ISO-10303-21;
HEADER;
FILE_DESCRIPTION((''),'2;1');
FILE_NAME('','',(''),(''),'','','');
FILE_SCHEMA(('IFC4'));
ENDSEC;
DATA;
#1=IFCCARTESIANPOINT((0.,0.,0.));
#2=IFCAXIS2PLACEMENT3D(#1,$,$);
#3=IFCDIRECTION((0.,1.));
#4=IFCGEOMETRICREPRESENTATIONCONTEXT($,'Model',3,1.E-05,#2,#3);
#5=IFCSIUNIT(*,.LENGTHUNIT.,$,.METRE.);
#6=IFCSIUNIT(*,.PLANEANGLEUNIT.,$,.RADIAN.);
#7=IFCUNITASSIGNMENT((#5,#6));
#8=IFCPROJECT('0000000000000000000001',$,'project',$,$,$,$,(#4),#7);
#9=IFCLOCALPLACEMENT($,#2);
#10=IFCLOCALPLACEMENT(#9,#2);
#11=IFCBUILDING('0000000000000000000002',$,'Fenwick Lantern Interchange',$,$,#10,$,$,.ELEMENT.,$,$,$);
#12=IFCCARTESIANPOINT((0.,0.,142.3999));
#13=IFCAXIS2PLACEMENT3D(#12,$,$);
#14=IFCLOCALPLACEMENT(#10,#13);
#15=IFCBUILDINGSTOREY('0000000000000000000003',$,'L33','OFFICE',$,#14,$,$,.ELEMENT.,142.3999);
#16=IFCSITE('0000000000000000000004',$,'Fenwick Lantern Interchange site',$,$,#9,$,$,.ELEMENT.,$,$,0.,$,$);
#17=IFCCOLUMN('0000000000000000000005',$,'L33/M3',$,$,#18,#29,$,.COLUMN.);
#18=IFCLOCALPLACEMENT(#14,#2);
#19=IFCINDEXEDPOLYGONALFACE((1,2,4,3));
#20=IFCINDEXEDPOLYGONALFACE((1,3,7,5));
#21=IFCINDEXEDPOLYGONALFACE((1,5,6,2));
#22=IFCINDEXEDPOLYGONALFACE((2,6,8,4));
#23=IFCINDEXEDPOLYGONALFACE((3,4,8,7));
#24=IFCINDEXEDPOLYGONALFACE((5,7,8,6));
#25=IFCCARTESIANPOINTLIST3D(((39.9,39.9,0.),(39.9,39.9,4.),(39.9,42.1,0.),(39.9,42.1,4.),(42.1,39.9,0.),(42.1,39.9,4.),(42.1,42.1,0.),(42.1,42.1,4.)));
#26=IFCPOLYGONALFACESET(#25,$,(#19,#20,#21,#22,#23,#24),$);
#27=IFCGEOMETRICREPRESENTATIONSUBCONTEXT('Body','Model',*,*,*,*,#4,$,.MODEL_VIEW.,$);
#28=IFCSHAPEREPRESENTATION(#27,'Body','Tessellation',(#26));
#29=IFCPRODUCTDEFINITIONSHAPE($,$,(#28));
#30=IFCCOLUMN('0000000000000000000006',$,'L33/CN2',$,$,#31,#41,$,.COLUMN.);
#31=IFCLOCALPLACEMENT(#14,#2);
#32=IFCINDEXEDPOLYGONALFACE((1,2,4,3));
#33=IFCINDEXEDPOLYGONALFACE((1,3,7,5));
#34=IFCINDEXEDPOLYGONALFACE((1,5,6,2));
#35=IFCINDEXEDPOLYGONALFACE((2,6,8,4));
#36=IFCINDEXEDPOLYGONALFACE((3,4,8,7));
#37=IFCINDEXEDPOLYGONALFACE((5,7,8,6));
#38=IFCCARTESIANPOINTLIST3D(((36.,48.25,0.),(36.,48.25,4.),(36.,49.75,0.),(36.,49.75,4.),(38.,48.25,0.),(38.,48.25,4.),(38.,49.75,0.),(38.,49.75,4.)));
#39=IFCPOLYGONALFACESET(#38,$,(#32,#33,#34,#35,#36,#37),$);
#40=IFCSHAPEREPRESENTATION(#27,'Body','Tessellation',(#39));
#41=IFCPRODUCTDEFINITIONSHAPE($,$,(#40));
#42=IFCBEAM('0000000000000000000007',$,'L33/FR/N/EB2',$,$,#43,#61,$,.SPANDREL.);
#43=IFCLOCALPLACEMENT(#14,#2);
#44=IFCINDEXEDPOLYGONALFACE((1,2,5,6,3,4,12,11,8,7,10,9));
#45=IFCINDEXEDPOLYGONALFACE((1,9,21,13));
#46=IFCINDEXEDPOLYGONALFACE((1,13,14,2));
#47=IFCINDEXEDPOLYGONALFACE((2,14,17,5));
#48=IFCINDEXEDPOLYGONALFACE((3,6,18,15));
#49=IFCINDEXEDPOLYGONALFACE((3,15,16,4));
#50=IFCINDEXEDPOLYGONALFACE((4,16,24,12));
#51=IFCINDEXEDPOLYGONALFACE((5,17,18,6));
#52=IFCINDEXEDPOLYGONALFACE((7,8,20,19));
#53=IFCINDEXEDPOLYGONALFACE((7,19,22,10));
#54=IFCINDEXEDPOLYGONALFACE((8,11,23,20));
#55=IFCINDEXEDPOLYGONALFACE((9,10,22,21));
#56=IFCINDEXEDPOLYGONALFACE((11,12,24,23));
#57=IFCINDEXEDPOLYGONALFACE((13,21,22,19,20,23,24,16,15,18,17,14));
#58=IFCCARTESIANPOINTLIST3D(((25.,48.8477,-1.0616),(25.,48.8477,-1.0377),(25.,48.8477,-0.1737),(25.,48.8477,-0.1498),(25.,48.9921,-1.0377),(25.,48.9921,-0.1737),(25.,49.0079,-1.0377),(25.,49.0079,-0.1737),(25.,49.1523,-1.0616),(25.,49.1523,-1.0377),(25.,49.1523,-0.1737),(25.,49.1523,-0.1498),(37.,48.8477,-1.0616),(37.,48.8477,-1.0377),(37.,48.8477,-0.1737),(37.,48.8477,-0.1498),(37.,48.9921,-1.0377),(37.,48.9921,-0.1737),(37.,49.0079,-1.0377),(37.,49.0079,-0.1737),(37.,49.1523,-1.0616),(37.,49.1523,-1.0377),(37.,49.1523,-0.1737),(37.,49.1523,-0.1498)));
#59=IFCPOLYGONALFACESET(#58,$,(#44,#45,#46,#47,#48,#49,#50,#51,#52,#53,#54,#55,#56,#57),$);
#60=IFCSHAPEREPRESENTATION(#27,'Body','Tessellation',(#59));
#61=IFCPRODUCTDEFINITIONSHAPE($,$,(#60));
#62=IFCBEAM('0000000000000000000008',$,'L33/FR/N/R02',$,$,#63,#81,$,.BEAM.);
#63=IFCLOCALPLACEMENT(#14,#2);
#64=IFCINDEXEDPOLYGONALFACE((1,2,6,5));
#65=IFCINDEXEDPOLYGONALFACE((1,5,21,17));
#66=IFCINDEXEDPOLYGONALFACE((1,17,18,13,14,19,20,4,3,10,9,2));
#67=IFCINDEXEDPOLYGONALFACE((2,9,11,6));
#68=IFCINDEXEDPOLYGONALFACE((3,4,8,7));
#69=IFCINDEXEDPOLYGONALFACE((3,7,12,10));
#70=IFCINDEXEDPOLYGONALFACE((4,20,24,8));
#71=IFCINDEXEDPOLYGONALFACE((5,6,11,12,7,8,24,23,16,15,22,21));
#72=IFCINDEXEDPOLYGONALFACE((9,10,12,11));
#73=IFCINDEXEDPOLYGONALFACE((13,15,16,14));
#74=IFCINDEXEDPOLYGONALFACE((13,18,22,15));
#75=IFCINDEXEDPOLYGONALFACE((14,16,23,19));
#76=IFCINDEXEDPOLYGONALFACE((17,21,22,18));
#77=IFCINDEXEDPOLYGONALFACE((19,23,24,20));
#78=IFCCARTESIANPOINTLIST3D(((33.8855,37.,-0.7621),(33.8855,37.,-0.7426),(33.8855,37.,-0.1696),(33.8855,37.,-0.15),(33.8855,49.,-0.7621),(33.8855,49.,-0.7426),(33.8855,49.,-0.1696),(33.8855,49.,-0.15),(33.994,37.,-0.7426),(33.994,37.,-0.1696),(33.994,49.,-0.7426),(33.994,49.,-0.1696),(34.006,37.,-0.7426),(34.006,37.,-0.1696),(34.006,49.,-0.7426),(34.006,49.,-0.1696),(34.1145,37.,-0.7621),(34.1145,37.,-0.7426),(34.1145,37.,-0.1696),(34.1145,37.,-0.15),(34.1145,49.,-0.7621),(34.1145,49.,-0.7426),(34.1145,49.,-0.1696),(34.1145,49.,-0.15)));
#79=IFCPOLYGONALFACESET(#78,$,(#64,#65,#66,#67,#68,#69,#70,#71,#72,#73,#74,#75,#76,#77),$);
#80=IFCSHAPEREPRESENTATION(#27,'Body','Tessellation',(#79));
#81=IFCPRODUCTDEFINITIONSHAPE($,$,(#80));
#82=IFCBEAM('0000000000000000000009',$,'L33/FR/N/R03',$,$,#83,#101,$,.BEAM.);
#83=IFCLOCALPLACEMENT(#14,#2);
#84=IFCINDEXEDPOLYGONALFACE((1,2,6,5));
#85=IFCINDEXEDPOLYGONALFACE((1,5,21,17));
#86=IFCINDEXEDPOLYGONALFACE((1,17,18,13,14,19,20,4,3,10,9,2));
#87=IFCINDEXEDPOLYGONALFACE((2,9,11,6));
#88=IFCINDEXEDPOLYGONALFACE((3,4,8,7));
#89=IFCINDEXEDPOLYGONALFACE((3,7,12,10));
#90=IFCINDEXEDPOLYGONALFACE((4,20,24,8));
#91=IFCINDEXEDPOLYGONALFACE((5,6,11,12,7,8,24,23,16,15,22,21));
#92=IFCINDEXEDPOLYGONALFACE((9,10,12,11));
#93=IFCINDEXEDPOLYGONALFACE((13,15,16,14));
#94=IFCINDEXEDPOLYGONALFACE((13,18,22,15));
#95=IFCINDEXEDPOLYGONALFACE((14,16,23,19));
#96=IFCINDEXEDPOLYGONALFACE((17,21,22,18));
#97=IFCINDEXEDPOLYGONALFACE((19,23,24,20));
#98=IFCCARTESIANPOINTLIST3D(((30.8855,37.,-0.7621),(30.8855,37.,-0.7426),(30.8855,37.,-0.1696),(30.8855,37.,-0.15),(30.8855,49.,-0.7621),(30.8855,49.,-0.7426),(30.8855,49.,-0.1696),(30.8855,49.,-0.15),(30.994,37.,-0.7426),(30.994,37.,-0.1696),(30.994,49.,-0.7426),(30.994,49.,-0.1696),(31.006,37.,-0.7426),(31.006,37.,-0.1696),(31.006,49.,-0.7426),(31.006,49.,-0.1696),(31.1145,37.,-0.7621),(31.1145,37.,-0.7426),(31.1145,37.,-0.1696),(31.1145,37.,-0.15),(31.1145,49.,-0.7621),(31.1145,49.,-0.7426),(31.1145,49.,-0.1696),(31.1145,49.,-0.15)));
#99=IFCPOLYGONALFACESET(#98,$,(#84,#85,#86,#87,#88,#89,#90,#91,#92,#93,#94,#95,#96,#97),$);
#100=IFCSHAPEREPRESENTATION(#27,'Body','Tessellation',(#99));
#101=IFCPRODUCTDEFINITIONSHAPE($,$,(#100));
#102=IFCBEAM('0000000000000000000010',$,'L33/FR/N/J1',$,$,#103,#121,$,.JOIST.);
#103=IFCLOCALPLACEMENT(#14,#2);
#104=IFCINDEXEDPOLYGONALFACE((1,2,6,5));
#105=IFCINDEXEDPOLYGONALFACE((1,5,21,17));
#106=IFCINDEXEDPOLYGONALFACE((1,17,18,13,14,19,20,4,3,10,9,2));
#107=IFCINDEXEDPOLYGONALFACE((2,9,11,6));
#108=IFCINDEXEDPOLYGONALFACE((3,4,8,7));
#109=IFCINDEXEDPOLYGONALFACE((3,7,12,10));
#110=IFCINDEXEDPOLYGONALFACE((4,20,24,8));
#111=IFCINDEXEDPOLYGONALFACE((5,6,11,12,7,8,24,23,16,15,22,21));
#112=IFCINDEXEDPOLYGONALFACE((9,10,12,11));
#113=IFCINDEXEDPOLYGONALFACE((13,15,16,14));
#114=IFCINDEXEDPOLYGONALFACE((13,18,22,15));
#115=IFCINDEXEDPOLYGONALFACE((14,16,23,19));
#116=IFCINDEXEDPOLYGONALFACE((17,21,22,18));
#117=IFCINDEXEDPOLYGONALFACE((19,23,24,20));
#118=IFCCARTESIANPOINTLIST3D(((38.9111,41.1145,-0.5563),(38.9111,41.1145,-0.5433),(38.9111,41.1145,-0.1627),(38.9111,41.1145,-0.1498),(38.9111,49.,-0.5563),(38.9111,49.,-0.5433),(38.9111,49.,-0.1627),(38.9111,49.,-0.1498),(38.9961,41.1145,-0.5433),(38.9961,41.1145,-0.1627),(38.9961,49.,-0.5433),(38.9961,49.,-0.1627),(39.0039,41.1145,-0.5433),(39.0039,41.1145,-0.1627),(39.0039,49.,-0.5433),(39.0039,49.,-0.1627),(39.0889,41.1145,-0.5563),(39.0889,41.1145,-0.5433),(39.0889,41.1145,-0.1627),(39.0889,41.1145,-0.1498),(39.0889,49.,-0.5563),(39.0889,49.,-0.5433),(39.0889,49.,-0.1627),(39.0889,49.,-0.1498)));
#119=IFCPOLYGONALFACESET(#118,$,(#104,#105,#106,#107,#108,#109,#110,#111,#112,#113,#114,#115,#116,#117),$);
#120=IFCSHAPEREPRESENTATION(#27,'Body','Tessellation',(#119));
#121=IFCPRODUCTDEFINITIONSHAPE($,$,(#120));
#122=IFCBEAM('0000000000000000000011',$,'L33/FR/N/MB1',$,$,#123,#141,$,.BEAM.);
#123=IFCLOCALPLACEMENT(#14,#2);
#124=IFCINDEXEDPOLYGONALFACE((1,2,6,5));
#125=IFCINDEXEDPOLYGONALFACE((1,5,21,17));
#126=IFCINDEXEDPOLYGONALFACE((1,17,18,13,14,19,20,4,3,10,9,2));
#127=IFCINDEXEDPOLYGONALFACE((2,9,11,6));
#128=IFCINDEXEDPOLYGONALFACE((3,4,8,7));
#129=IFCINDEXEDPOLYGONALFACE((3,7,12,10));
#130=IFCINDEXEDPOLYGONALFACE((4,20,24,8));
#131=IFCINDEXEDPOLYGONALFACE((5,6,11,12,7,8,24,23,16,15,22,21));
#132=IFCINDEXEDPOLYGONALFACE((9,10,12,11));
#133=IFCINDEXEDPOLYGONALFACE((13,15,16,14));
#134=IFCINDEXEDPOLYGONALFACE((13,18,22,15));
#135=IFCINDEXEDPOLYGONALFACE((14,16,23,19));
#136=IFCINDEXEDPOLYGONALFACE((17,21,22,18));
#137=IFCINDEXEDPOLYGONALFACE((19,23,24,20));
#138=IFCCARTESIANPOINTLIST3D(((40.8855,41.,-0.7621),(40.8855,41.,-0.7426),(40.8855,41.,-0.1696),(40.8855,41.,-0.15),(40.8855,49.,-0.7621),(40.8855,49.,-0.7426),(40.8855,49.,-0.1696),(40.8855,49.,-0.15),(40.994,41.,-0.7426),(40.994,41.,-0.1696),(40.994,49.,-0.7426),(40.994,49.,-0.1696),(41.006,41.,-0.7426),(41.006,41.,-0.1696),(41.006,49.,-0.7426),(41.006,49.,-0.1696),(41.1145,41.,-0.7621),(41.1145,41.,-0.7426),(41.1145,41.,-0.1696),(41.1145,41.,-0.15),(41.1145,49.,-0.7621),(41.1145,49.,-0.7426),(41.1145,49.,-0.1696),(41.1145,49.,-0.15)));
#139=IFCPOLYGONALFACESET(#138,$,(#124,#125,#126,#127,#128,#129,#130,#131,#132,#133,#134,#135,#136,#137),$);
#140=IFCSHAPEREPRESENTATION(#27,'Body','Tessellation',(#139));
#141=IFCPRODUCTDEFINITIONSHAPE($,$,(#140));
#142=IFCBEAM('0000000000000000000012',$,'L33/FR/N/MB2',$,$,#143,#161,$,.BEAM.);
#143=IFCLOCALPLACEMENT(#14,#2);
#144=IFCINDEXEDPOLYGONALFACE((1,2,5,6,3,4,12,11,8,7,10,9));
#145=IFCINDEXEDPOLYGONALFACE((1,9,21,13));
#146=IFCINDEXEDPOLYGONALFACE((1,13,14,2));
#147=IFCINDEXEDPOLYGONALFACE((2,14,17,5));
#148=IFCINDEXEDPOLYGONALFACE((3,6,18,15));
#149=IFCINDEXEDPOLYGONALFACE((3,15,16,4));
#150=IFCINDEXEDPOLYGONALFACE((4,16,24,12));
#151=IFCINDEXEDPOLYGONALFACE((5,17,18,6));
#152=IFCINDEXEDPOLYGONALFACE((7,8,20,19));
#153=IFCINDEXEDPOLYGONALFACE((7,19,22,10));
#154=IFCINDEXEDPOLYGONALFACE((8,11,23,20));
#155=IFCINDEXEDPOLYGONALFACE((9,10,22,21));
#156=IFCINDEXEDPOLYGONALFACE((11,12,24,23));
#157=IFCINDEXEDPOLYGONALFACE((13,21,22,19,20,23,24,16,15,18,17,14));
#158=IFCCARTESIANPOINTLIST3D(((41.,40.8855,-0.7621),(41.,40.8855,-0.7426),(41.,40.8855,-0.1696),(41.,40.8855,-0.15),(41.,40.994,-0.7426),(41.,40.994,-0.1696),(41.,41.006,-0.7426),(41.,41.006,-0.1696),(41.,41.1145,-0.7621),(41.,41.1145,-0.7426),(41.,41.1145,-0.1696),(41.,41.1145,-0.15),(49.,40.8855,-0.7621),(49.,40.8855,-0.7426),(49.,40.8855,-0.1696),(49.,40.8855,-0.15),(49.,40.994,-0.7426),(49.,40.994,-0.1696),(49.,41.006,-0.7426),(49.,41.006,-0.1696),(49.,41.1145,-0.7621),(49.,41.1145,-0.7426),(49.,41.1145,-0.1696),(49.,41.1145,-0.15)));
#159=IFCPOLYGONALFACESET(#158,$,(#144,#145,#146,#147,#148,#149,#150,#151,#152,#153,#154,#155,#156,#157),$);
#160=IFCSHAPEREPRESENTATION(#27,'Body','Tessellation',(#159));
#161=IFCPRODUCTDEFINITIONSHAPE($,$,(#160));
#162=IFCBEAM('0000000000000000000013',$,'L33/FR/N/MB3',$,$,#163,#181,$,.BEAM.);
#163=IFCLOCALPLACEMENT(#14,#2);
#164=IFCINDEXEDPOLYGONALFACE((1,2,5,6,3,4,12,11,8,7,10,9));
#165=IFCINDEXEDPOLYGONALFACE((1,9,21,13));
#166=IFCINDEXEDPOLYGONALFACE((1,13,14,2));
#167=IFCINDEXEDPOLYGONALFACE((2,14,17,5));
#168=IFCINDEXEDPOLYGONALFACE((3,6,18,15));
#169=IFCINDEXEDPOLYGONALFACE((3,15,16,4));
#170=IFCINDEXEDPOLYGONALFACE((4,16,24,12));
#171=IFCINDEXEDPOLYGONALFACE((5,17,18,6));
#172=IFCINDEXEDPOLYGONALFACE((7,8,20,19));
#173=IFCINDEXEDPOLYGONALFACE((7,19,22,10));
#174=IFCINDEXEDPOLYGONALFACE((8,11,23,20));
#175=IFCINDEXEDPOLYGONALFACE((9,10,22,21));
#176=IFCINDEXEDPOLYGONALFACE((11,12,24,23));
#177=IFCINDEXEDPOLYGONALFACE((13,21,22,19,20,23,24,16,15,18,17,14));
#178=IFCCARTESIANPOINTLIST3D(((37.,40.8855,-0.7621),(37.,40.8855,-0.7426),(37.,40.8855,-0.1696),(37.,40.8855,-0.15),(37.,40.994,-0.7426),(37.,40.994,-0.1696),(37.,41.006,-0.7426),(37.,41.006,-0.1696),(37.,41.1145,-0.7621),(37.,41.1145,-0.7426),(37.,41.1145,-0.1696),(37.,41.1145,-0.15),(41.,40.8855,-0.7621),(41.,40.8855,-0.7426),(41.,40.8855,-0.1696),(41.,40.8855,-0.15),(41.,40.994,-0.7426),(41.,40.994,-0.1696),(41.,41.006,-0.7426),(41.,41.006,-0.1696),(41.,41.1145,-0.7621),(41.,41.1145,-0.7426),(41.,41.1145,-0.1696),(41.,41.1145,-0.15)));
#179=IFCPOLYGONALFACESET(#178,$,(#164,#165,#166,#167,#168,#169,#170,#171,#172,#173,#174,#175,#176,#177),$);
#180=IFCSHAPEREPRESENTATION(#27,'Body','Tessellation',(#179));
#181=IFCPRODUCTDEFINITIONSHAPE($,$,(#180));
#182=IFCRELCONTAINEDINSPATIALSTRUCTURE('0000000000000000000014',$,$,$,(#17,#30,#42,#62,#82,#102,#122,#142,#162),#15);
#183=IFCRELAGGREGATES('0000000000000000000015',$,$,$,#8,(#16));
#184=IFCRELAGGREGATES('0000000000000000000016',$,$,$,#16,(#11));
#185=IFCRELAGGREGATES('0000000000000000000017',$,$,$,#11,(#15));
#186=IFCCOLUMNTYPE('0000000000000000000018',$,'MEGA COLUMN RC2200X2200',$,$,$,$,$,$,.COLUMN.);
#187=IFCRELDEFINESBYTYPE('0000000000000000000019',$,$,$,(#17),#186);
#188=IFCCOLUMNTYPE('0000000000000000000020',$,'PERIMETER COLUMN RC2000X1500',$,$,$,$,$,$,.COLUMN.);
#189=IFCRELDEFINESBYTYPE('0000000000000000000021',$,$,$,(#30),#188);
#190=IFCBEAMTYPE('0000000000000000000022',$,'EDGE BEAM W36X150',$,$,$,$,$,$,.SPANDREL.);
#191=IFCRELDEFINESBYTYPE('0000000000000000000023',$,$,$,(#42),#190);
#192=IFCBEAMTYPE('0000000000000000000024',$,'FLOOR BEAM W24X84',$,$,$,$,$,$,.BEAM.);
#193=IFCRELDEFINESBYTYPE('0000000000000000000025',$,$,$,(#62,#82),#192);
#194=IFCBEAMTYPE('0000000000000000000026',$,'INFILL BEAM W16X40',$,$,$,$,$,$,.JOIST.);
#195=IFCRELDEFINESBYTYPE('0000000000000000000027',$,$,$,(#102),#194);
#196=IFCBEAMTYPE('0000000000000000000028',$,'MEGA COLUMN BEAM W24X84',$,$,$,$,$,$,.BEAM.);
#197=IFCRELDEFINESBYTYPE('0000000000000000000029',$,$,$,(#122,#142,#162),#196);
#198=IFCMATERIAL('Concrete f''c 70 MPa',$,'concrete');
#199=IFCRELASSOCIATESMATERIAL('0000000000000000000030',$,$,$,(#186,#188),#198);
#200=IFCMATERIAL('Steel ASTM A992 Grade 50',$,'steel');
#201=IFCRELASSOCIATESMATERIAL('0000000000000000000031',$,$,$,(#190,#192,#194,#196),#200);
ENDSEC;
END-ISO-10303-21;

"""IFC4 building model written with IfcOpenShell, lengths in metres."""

from ifc_helpers import new_model, si_unit, direction, frame, origin, origin_2d, place, context, subcontext, project, spatial, rectangle, i_section, extrude, material, material_profile, profile_set, type_object, element, save


model = new_model("IFC4")

# Units and contexts
model_context = context("Model", 3, precision=1e-05, world=origin(), true_north=direction((0.0, 1.0)))
body_context = subcontext(model_context, "Body", "Model", "MODEL_VIEW")
ifc_project = project(units=[si_unit("LENGTHUNIT", "METRE"), si_unit("PLANEANGLEUNIT", "RADIAN")], contexts=[model_context])

# Site, building, storey
site_placement = place(None, origin())
site = spatial("IfcSite", under=ifc_project, at=site_placement, Name="Fenwick Lantern Interchange site", CompositionType="ELEMENT", RefElevation=0.0)
building_placement = place(site_placement, origin())
building = spatial("IfcBuilding", under=site, at=building_placement, Name="Fenwick Lantern Interchange", CompositionType="ELEMENT")
storey_placement = place(building_placement, frame((0.0, 0.0, 142.3999)))
storey = spatial("IfcBuildingStorey", under=building, at=storey_placement, Name="L33", Description="OFFICE", CompositionType="ELEMENT", Elevation=142.3999)

# Columns
ifc_material_1 = material(Name="Concrete f'c 70 MPa", Category="concrete")
ifc_material_profile_1 = material_profile(ifc_material_1, rectangle(XDim=2.2, YDim=2.2, at=origin_2d()), Name="RC2200X2200")
ifc_profile_set_1 = profile_set([ifc_material_profile_1], Name="Concrete f'c 70 MPa")
column_type_1 = type_object("IfcColumnType", Name="MEGA COLUMN RC2200X2200", PredefinedType="COLUMN", material=ifc_profile_set_1)
column_1_placement = place(storey_placement, frame((41.0, 41.0, 0.0), z_axis=(0.0, 0.0, 1.0), x_axis=(1.0, 0.0, 0.0)))
element("IfcColumn", 1, at=column_1_placement, inside=storey, type_object=column_type_1, Name="L33/M3", PredefinedType="COLUMN", context=body_context, shape_type="SweptSolid", body=[
    extrude(rectangle(XDim=2.2, YDim=2.2, at=origin_2d()), origin(), (0.0, 0.0, 1.0), 4.0),
])
ifc_material_profile_2 = material_profile(ifc_material_1, rectangle(XDim=2.0, YDim=1.5, at=origin_2d()), Name="RC2000X1500")
ifc_profile_set_2 = profile_set([ifc_material_profile_2], Name="Concrete f'c 70 MPa")
column_type_2 = type_object("IfcColumnType", Name="PERIMETER COLUMN RC2000X1500", PredefinedType="COLUMN", material=ifc_profile_set_2)
column_2_placement = place(storey_placement, frame((37.0, 49.0, 0.0), z_axis=(0.0, 0.0, 1.0), x_axis=(1.0, 0.0, 0.0)))
element("IfcColumn", 2, at=column_2_placement, inside=storey, type_object=column_type_2, Name="L33/CN2", PredefinedType="COLUMN", context=body_context, shape_type="SweptSolid", body=[
    extrude(rectangle(XDim=2.0, YDim=1.5, at=origin_2d()), origin(), (0.0, 0.0, 1.0), 4.0),
])

# Beams
ifc_material_2 = material(Name="Steel ASTM A992 Grade 50", Category="steel")
ifc_material_profile_3 = material_profile(ifc_material_2, i_section(OverallWidth=0.3047, OverallDepth=0.9119, WebThickness=0.0159, FlangeThickness=0.0239, at=origin_2d()), Name="W36X150")
ifc_profile_set_3 = profile_set([ifc_material_profile_3], Name="Steel ASTM A992 Grade 50")
beam_type_1 = type_object("IfcBeamType", Name="EDGE BEAM W36X150", PredefinedType="SPANDREL", material=ifc_profile_set_3)
beam_1_placement = place(storey_placement, frame((37.0, 49.0, -0.6057), z_axis=(-1.0, 0.0, 0.0), x_axis=(0.0, -1.0, 0.0)))
element("IfcBeam", 3, at=beam_1_placement, inside=storey, type_object=beam_type_1, Name="L33/FR/N/EB2", PredefinedType="SPANDREL", context=body_context, shape_type="SweptSolid", body=[
    extrude(i_section(OverallWidth=0.3047, OverallDepth=0.9119, WebThickness=0.0159, FlangeThickness=0.0239, at=origin_2d()), origin(), (0.0, 0.0, 1.0), 12.0),
])
ifc_material_profile_4 = material_profile(ifc_material_2, i_section(OverallWidth=0.229, OverallDepth=0.6121, WebThickness=0.012, FlangeThickness=0.0195, at=origin_2d()), Name="W24X84")
ifc_profile_set_4 = profile_set([ifc_material_profile_4], Name="Steel ASTM A992 Grade 50")
beam_type_2 = type_object("IfcBeamType", Name="FLOOR BEAM W24X84", PredefinedType="BEAM", material=ifc_profile_set_4)
for number, where, z_axis, x_axis, name in (
    (4, (34.0, 49.0, -0.4561), (0.0, -1.0, 0.0), (1.0, 0.0, 0.0), "L33/FR/N/R02"),
    (5, (31.0, 49.0, -0.4561), (0.0, -1.0, 0.0), (1.0, 0.0, 0.0), "L33/FR/N/R03"),
):
    element("IfcBeam", number, at=place(storey_placement, frame(where, z_axis=z_axis, x_axis=x_axis)), inside=storey, type_object=beam_type_2, Name=name, PredefinedType="BEAM", context=body_context, shape_type="SweptSolid", body=[
        extrude(i_section(OverallWidth=0.229, OverallDepth=0.6121, WebThickness=0.012, FlangeThickness=0.0195, at=origin_2d()), origin(), (0.0, 0.0, 1.0), 12.0),
    ])
ifc_material_profile_5 = material_profile(ifc_material_2, i_section(OverallWidth=0.1777, OverallDepth=0.4065, WebThickness=0.0078, FlangeThickness=0.0129, at=origin_2d()), Name="W16X40")
ifc_profile_set_5 = profile_set([ifc_material_profile_5], Name="Steel ASTM A992 Grade 50")
beam_type_3 = type_object("IfcBeamType", Name="INFILL BEAM W16X40", PredefinedType="JOIST", material=ifc_profile_set_5)
beam_2_placement = place(storey_placement, frame((39.0, 49.0, -0.353), z_axis=(0.0, -1.0, 0.0), x_axis=(1.0, 0.0, 0.0)))
element("IfcBeam", 6, at=beam_2_placement, inside=storey, type_object=beam_type_3, Name="L33/FR/N/J1", PredefinedType="JOIST", context=body_context, shape_type="SweptSolid", body=[
    extrude(i_section(OverallWidth=0.1777, OverallDepth=0.4065, WebThickness=0.0078, FlangeThickness=0.0129, at=origin_2d()), origin(), (0.0, 0.0, 1.0), 7.8855),
])
ifc_material_profile_6 = material_profile(ifc_material_2, i_section(OverallWidth=0.229, OverallDepth=0.6121, WebThickness=0.012, FlangeThickness=0.0195, at=origin_2d()), Name="W24X84")
ifc_profile_set_6 = profile_set([ifc_material_profile_6], Name="Steel ASTM A992 Grade 50")
beam_type_4 = type_object("IfcBeamType", Name="MEGA COLUMN BEAM W24X84", PredefinedType="BEAM", material=ifc_profile_set_6)
for number, where, z_axis, x_axis, name in (
    (7, (41.0, 41.0, -0.4561), (0.0, 1.0, 0.0), (-1.0, 0.0, 0.0), "L33/FR/N/MB1"),
    (8, (41.0, 41.0, -0.4561), (1.0, 0.0, 0.0), (0.0, 1.0, 0.0), "L33/FR/N/MB2"),
):
    element("IfcBeam", number, at=place(storey_placement, frame(where, z_axis=z_axis, x_axis=x_axis)), inside=storey, type_object=beam_type_4, Name=name, PredefinedType="BEAM", context=body_context, shape_type="SweptSolid", body=[
        extrude(i_section(OverallWidth=0.229, OverallDepth=0.6121, WebThickness=0.012, FlangeThickness=0.0195, at=origin_2d()), origin(), (0.0, 0.0, 1.0), 8.0),
    ])
for number, where, z_axis, x_axis, name in (
    (9, (41.0, 41.0, -0.4561), (-1.0, 0.0, 0.0), (0.0, -1.0, 0.0), "L33/FR/N/MB3"),
):
    element("IfcBeam", number, at=place(storey_placement, frame(where, z_axis=z_axis, x_axis=x_axis)), inside=storey, type_object=beam_type_4, Name=name, PredefinedType="BEAM", context=body_context, shape_type="SweptSolid", body=[
        extrude(i_section(OverallWidth=0.229, OverallDepth=0.6121, WebThickness=0.012, FlangeThickness=0.0195, at=origin_2d()), origin(), (0.0, 0.0, 1.0), 4.0),
    ])

save(model, "model.ifc")
